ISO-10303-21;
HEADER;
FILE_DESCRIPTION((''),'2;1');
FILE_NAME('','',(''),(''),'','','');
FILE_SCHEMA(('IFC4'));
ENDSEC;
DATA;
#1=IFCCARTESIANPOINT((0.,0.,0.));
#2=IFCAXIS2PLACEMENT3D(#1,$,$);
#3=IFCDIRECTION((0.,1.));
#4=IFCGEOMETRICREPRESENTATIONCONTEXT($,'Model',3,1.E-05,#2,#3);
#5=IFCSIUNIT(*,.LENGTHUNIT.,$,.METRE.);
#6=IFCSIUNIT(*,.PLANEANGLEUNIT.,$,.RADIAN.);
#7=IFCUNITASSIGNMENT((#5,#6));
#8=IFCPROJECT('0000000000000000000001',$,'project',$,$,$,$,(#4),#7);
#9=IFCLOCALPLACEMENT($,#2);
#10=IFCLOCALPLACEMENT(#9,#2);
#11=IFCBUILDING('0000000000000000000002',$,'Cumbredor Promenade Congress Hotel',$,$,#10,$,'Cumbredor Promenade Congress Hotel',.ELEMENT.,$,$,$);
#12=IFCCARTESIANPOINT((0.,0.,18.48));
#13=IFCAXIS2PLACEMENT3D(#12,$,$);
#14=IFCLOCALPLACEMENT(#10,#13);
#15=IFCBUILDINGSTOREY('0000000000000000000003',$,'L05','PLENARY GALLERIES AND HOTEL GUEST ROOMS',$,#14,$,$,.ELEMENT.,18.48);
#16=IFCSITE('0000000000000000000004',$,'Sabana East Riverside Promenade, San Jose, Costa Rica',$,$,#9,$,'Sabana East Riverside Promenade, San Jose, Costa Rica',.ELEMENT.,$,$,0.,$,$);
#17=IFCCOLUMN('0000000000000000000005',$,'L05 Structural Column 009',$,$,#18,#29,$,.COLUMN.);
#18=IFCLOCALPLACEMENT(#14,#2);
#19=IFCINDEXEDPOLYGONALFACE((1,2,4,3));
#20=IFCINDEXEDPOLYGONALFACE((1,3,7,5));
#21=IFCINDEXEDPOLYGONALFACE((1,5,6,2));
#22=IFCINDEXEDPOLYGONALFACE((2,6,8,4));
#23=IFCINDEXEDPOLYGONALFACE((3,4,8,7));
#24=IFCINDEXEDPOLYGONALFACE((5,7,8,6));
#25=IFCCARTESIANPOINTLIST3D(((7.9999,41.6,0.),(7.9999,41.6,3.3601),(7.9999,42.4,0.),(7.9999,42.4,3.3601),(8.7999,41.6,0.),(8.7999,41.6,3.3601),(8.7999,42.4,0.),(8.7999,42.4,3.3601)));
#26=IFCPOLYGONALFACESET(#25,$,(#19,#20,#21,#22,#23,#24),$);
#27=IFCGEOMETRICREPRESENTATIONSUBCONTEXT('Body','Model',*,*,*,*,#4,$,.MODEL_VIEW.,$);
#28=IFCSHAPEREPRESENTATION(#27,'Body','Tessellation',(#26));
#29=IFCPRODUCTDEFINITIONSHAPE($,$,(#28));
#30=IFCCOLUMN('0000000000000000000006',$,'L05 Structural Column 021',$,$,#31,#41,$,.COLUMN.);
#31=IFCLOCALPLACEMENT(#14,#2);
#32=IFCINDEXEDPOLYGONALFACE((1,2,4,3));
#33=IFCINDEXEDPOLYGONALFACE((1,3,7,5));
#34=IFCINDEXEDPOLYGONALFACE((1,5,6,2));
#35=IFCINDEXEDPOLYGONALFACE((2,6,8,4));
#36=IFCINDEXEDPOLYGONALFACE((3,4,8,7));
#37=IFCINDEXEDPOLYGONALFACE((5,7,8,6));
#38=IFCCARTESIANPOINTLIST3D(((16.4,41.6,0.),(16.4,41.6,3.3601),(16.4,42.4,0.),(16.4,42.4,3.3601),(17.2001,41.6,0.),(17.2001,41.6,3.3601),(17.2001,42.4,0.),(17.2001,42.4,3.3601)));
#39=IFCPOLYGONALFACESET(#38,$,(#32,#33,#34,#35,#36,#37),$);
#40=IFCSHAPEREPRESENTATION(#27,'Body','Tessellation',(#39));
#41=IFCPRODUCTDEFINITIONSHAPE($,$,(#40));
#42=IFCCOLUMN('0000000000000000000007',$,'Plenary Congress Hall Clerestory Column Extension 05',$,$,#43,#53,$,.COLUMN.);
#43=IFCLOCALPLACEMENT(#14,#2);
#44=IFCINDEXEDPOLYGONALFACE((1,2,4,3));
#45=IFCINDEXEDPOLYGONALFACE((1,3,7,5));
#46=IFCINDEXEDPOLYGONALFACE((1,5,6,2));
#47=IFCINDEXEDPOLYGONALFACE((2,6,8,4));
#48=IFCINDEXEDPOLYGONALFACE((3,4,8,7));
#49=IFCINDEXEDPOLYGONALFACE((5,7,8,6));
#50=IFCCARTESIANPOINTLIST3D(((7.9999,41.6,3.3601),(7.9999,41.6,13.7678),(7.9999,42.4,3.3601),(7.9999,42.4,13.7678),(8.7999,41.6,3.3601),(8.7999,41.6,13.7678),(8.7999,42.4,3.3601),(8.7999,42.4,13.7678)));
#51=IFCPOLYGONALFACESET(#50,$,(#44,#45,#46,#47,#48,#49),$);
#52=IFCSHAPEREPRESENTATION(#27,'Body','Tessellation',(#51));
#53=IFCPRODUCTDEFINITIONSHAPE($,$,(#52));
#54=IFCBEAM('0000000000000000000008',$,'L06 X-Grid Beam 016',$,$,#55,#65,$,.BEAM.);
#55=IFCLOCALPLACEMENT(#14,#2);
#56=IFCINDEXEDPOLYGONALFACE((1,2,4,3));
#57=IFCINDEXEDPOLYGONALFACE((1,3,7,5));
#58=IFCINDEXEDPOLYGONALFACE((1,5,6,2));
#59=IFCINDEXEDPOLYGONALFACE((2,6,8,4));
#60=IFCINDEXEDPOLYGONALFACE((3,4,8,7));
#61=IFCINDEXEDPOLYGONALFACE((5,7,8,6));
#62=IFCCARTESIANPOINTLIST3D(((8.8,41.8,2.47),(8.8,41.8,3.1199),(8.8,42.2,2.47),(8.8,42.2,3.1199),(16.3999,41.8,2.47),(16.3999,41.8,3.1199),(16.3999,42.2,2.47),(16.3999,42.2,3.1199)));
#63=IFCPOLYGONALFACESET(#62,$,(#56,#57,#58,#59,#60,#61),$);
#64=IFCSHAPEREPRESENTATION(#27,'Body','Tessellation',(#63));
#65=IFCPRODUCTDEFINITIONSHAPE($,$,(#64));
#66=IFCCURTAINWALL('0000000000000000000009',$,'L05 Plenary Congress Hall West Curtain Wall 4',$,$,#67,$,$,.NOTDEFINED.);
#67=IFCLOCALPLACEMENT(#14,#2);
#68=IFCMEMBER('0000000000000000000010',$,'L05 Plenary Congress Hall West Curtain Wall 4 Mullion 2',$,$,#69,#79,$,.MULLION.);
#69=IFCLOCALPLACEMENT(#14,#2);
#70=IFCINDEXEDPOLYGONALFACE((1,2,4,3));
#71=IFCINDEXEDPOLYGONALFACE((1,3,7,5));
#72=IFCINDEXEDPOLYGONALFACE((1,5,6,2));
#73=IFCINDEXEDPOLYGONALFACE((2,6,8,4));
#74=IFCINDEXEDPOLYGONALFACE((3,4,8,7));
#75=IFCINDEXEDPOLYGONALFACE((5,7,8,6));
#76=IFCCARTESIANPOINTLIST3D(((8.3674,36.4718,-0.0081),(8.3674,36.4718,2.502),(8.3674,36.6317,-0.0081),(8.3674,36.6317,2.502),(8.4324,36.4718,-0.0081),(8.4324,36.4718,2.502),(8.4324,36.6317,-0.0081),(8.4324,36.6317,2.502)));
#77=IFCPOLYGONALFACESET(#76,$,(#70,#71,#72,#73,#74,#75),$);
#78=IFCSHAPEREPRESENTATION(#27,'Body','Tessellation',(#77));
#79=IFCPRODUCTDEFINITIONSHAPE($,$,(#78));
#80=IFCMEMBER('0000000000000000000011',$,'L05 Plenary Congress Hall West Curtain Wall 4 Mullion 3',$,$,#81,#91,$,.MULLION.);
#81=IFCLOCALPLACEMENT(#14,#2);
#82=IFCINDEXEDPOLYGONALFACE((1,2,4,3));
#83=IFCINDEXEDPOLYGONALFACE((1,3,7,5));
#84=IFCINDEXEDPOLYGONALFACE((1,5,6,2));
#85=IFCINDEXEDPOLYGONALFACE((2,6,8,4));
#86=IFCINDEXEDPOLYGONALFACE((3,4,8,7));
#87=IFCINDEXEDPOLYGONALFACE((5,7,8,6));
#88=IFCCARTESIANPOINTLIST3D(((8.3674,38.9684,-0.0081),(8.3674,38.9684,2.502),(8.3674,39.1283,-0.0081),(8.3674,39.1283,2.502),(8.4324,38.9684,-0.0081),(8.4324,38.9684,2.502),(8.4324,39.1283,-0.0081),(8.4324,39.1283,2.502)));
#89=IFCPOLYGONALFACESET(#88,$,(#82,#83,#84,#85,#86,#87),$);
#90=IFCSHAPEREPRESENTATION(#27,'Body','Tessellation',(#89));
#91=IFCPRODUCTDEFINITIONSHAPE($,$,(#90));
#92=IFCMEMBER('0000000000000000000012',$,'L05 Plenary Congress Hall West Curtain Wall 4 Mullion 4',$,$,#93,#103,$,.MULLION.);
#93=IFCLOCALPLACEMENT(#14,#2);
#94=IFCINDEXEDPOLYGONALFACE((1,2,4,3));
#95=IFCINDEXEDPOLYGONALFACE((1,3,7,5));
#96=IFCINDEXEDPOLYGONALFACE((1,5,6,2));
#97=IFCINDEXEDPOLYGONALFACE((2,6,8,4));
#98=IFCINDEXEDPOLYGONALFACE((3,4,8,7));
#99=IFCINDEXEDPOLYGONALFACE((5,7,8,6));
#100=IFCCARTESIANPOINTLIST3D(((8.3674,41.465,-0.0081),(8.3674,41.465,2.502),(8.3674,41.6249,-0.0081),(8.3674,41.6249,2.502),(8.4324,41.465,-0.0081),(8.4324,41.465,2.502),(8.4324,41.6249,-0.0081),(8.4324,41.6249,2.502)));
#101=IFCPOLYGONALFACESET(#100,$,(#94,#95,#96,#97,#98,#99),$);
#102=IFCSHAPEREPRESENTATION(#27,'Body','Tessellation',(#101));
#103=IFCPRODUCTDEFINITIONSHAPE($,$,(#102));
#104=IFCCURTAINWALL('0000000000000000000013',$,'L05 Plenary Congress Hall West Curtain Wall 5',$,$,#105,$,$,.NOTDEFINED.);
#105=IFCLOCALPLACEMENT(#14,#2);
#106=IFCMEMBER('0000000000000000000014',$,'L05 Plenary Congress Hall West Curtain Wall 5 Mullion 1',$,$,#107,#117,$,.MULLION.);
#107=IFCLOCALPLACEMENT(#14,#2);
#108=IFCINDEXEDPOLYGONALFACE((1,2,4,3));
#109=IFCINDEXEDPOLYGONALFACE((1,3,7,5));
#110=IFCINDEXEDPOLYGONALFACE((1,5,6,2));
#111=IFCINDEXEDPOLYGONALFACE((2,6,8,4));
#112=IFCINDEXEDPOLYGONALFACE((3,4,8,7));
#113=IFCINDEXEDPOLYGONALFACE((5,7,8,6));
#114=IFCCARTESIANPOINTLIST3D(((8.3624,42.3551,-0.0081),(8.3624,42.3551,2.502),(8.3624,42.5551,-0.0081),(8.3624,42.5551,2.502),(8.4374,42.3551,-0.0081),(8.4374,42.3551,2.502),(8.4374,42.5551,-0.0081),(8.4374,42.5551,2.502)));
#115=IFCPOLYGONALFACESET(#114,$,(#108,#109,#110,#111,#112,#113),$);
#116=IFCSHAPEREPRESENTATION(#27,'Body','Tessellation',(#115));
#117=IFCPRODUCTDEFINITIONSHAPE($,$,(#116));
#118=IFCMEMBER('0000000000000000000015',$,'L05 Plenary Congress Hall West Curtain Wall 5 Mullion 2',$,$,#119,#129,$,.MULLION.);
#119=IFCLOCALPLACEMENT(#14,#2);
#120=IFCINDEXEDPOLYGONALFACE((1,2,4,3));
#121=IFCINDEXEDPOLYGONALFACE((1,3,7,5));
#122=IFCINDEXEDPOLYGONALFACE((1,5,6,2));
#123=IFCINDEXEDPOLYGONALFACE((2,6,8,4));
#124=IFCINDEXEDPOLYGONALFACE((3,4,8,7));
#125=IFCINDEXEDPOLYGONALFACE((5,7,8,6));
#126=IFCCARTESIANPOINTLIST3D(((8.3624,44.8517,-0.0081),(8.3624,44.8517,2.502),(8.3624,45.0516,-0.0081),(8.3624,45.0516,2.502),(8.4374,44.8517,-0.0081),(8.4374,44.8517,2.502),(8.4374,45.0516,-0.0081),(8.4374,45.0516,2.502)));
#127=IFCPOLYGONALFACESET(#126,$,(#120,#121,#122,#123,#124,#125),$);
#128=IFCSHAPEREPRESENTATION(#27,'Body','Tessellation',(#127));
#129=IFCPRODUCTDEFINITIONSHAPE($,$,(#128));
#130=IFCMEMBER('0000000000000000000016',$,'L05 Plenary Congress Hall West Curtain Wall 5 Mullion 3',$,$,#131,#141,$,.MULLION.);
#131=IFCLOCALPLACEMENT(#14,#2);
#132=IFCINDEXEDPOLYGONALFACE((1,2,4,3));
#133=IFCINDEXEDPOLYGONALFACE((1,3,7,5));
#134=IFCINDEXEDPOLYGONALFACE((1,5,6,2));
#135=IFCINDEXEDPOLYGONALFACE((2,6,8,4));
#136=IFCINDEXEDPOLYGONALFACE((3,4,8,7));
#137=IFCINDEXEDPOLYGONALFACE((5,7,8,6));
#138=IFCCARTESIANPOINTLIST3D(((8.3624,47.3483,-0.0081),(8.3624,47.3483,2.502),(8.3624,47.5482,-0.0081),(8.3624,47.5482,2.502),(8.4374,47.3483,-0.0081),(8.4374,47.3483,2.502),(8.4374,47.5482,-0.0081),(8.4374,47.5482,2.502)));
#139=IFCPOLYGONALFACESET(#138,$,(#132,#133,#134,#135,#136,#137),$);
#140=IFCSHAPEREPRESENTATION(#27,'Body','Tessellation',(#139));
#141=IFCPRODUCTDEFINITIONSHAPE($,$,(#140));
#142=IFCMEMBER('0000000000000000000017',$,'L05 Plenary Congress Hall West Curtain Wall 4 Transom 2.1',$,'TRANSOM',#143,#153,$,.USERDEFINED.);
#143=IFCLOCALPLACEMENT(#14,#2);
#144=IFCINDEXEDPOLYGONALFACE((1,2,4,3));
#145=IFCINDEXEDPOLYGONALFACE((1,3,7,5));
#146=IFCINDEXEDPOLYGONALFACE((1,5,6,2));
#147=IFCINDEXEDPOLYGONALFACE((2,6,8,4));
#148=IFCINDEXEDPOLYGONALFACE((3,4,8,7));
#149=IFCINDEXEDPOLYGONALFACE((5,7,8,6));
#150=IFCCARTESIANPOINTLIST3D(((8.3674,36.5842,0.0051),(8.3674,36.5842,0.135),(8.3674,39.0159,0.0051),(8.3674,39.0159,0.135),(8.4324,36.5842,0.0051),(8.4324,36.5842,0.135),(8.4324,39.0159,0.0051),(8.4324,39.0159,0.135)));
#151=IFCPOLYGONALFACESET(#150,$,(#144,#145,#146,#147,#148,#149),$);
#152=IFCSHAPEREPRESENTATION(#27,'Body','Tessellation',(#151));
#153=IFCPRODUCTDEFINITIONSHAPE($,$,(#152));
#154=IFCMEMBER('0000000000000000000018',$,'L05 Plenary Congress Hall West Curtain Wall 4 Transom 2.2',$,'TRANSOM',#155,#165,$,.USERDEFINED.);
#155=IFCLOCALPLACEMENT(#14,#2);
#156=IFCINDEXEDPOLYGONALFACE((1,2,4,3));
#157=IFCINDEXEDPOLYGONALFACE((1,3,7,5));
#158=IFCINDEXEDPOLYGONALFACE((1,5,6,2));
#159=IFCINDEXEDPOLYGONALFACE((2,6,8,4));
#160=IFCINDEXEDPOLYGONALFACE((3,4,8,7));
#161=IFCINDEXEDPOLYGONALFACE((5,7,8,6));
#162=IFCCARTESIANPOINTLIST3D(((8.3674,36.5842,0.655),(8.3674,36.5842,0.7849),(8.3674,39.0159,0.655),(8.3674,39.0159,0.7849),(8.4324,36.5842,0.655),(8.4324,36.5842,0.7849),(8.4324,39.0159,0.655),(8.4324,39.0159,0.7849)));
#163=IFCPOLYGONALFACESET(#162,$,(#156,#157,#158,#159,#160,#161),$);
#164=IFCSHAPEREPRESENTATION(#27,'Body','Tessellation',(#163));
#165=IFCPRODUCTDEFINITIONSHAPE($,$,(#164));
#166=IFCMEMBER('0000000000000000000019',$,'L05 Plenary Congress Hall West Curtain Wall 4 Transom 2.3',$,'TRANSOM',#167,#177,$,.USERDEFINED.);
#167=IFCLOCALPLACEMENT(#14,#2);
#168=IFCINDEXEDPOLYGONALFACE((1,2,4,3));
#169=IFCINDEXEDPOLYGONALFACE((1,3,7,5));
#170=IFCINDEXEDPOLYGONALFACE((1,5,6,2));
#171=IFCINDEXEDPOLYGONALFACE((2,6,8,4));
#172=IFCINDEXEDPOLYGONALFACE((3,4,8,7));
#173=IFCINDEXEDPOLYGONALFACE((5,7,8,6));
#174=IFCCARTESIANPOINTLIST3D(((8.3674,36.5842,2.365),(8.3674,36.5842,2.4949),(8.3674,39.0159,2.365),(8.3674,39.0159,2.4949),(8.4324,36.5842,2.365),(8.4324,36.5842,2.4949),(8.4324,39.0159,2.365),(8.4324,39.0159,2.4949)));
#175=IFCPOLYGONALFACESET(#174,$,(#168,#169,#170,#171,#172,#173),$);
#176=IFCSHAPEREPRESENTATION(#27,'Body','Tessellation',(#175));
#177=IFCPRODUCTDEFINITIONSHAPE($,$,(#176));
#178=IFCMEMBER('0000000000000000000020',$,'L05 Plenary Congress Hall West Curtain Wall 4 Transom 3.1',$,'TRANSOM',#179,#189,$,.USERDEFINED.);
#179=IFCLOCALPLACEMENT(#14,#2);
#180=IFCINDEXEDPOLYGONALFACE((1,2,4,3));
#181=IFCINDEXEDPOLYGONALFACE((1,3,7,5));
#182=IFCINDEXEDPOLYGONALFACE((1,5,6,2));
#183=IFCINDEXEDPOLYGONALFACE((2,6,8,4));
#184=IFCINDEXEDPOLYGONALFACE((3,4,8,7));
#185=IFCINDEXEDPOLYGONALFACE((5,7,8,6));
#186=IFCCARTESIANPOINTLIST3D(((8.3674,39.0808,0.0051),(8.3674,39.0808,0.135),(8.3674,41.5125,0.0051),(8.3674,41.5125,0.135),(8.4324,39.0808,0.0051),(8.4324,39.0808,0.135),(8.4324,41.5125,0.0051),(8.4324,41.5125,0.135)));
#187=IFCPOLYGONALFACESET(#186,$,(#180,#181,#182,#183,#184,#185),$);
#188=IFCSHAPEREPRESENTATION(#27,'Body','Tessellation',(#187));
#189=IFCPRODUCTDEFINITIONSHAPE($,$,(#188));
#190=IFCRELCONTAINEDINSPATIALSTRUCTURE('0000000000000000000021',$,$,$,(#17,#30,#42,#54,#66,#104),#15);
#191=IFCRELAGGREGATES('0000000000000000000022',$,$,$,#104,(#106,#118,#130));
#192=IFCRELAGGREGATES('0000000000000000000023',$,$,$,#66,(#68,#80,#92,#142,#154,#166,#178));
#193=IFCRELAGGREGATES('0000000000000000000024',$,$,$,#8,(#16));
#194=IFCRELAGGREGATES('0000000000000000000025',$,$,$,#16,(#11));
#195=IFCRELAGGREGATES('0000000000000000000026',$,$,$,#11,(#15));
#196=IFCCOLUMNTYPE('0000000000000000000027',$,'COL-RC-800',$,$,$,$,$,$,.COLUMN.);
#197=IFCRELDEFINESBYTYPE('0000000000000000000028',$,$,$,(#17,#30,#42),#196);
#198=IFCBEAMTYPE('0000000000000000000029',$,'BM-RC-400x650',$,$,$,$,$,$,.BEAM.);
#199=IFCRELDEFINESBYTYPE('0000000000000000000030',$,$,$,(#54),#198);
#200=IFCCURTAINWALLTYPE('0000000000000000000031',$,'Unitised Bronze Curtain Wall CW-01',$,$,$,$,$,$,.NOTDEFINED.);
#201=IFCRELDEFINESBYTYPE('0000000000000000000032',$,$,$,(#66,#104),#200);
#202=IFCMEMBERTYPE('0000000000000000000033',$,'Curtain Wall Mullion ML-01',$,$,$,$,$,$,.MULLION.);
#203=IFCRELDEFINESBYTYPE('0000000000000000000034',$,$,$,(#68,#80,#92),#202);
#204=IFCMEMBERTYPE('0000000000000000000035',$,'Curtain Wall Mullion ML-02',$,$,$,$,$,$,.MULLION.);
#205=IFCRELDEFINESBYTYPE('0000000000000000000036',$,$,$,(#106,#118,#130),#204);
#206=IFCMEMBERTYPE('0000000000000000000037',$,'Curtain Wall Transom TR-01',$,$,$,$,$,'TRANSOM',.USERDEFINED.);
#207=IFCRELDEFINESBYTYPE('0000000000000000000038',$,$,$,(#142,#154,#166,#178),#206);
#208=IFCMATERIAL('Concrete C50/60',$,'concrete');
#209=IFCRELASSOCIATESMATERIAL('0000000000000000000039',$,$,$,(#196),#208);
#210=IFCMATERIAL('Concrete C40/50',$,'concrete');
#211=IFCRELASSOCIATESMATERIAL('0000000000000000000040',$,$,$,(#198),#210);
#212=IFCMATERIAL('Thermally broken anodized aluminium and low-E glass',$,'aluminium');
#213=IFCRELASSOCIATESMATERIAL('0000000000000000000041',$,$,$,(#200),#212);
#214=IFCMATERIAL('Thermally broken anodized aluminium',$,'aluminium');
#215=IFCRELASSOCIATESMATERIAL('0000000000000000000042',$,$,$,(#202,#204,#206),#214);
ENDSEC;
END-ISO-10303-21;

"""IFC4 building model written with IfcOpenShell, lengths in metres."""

from ifc_helpers import new_model, si_unit, direction, frame, origin, origin_2d, place, context, subcontext, project, spatial, rectangle, extrude, material, material_profile, profile_set, type_object, element, aggregate, save


model = new_model("IFC4")

# Units and contexts
model_context = context("Model", 3, precision=1e-05, world=origin(), true_north=direction((0.0, 1.0)))
body_context = subcontext(model_context, "Body", "Model", "MODEL_VIEW")
ifc_project = project(units=[si_unit("LENGTHUNIT", "METRE"), si_unit("PLANEANGLEUNIT", "RADIAN")], contexts=[model_context])

# Site, building, storey
site_placement = place(None, origin())
site = spatial("IfcSite", under=ifc_project, at=site_placement, Name="Sabana East Riverside Promenade, San Jose, Costa Rica", LongName="Sabana East Riverside Promenade, San Jose, Costa Rica", CompositionType="ELEMENT", RefElevation=0.0)
building_placement = place(site_placement, origin())
building = spatial("IfcBuilding", under=site, at=building_placement, Name="Cumbredor Promenade Congress Hotel", LongName="Cumbredor Promenade Congress Hotel", CompositionType="ELEMENT")
storey_placement = place(building_placement, frame((0.0, 0.0, 18.48)))
storey = spatial("IfcBuildingStorey", under=building, at=storey_placement, Name="L05", Description="PLENARY GALLERIES AND HOTEL GUEST ROOMS", CompositionType="ELEMENT", Elevation=18.48)

# Columns
ifc_material_1 = material(Name="Concrete C50/60", Category="concrete")
ifc_material_profile_1 = material_profile(ifc_material_1, rectangle(XDim=0.8, YDim=0.8, at=origin_2d()), Name="RC 800x800")
ifc_profile_set_1 = profile_set([ifc_material_profile_1], Name="Concrete C50/60")
column_type = type_object("IfcColumnType", Name="COL-RC-800", PredefinedType="COLUMN", material=ifc_profile_set_1)
for number, where, z_axis, x_axis, name in (
    (1, (8.3999, 42.0, 0.0), (0.0, 0.0, 1.0), (1.0, 0.0, 0.0), "L05 Structural Column 009"),
    (2, (16.8, 42.0, 0.0), (0.0, 0.0, 1.0), (1.0, 0.0, 0.0), "L05 Structural Column 021"),
):
    element("IfcColumn", number, at=place(storey_placement, frame(where, z_axis=z_axis, x_axis=x_axis)), inside=storey, type_object=column_type, Name=name, PredefinedType="COLUMN", context=body_context, shape_type="SweptSolid", body=[
        extrude(rectangle(XDim=0.8, YDim=0.8, at=origin_2d()), origin(), (0.0, 0.0, 1.0), 3.3601),
    ])
column_placement = place(storey_placement, frame((8.3999, 42.0, 3.3601), z_axis=(0.0, 0.0, 1.0), x_axis=(1.0, 0.0, 0.0)))
element("IfcColumn", 3, at=column_placement, inside=storey, type_object=column_type, Name="Plenary Congress Hall Clerestory Column Extension 05", PredefinedType="COLUMN", context=body_context, shape_type="SweptSolid", body=[
    extrude(rectangle(XDim=0.8, YDim=0.8, at=origin_2d()), origin(), (0.0, 0.0, 1.0), 10.4077),
])

# Beam
ifc_material_2 = material(Name="Concrete C40/50", Category="concrete")
ifc_material_profile_2 = material_profile(ifc_material_2, rectangle(XDim=0.3999, YDim=0.6499, at=origin_2d()), Name="RC BEAM 400x650")
ifc_profile_set_2 = profile_set([ifc_material_profile_2], Name="Concrete C40/50")
beam_type_1 = type_object("IfcBeamType", Name="BM-RC-400x650", PredefinedType="BEAM", material=ifc_profile_set_2)
beam_placement = place(storey_placement, frame((8.8, 42.0, 2.7949), z_axis=(1.0, 0.0, 0.0), x_axis=(0.0, 1.0, 0.0)))
element("IfcBeam", 4, at=beam_placement, inside=storey, type_object=beam_type_1, Name="L06 X-Grid Beam 016", PredefinedType="BEAM", context=body_context, shape_type="SweptSolid", body=[
    extrude(rectangle(XDim=0.3999, YDim=0.6499, at=origin_2d()), origin(), (0.0, 0.0, 1.0), 7.5999),
])

# Curtain walls, members
ifc_material_3 = material(Name="Thermally broken anodized aluminium and low-E glass", Category="aluminium")
curtain_wall_type = type_object("IfcCurtainWallType", Name="Unitised Bronze Curtain Wall CW-01", PredefinedType="NOTDEFINED", material=ifc_material_3)
curtain_wall_1_placement = place(storey_placement, origin())
curtain_wall_1 = element("IfcCurtainWall", 5, at=curtain_wall_1_placement, inside=storey, type_object=curtain_wall_type, Name="L05 Plenary Congress Hall West Curtain Wall 4", PredefinedType="NOTDEFINED")
ifc_material_4 = material(Name="Thermally broken anodized aluminium", Category="aluminium")
ifc_material_profile_3 = material_profile(ifc_material_4, rectangle(XDim=0.0649, YDim=0.1599, at=origin_2d()), Name="ALU MULLION 65x160")
ifc_profile_set_3 = profile_set([ifc_material_profile_3], Name="Thermally broken anodized aluminium")
member_type_1 = type_object("IfcMemberType", Name="Curtain Wall Mullion ML-01", PredefinedType="MULLION", material=ifc_profile_set_3)
member_1_placement = place(storey_placement, frame((8.3999, 36.5518, -0.0081), z_axis=(0.0, 0.0, 1.0), x_axis=(1.0, 0.0, 0.0)))
member_1 = element("IfcMember", 6, at=member_1_placement, type_object=member_type_1, Name="L05 Plenary Congress Hall West Curtain Wall 4 Mullion 2", PredefinedType="MULLION", context=body_context, shape_type="SweptSolid", body=[
    extrude(rectangle(XDim=0.0649, YDim=0.1599, at=origin_2d()), origin(), (0.0, 0.0, 1.0), 2.51),
])
member_2_placement = place(storey_placement, frame((8.3999, 39.0483, -0.0081), z_axis=(0.0, 0.0, 1.0), x_axis=(1.0, 0.0, 0.0)))
member_2 = element("IfcMember", 7, at=member_2_placement, type_object=member_type_1, Name="L05 Plenary Congress Hall West Curtain Wall 4 Mullion 3", PredefinedType="MULLION", context=body_context, shape_type="SweptSolid", body=[
    extrude(rectangle(XDim=0.0649, YDim=0.1599, at=origin_2d()), origin(), (0.0, 0.0, 1.0), 2.51),
])
member_3_placement = place(storey_placement, frame((8.3999, 41.5449, -0.0081), z_axis=(0.0, 0.0, 1.0), x_axis=(1.0, 0.0, 0.0)))
member_3 = element("IfcMember", 8, at=member_3_placement, type_object=member_type_1, Name="L05 Plenary Congress Hall West Curtain Wall 4 Mullion 4", PredefinedType="MULLION", context=body_context, shape_type="SweptSolid", body=[
    extrude(rectangle(XDim=0.0649, YDim=0.1599, at=origin_2d()), origin(), (0.0, 0.0, 1.0), 2.51),
])
curtain_wall_2_placement = place(storey_placement, origin())
curtain_wall_2 = element("IfcCurtainWall", 9, at=curtain_wall_2_placement, inside=storey, type_object=curtain_wall_type, Name="L05 Plenary Congress Hall West Curtain Wall 5", PredefinedType="NOTDEFINED")
ifc_material_profile_4 = material_profile(ifc_material_4, rectangle(XDim=0.075, YDim=0.2, at=origin_2d()), Name="ALU MULLION 75x200")
ifc_profile_set_4 = profile_set([ifc_material_profile_4], Name="Thermally broken anodized aluminium")
member_type_2 = type_object("IfcMemberType", Name="Curtain Wall Mullion ML-02", PredefinedType="MULLION", material=ifc_profile_set_4)
member_4_placement = place(storey_placement, frame((8.3999, 42.4551, -0.0081), z_axis=(0.0, 0.0, 1.0), x_axis=(1.0, 0.0, 0.0)))
member_4 = element("IfcMember", 10, at=member_4_placement, type_object=member_type_2, Name="L05 Plenary Congress Hall West Curtain Wall 5 Mullion 1", PredefinedType="MULLION", context=body_context, shape_type="SweptSolid", body=[
    extrude(rectangle(XDim=0.075, YDim=0.2, at=origin_2d()), origin(), (0.0, 0.0, 1.0), 2.51),
])
member_5_placement = place(storey_placement, frame((8.3999, 44.9517, -0.0081), z_axis=(0.0, 0.0, 1.0), x_axis=(1.0, 0.0, 0.0)))
member_5 = element("IfcMember", 11, at=member_5_placement, type_object=member_type_2, Name="L05 Plenary Congress Hall West Curtain Wall 5 Mullion 2", PredefinedType="MULLION", context=body_context, shape_type="SweptSolid", body=[
    extrude(rectangle(XDim=0.075, YDim=0.2, at=origin_2d()), origin(), (0.0, 0.0, 1.0), 2.51),
])
member_6_placement = place(storey_placement, frame((8.3999, 47.4482, -0.0081), z_axis=(0.0, 0.0, 1.0), x_axis=(1.0, 0.0, 0.0)))
member_6 = element("IfcMember", 12, at=member_6_placement, type_object=member_type_2, Name="L05 Plenary Congress Hall West Curtain Wall 5 Mullion 3", PredefinedType="MULLION", context=body_context, shape_type="SweptSolid", body=[
    extrude(rectangle(XDim=0.075, YDim=0.2, at=origin_2d()), origin(), (0.0, 0.0, 1.0), 2.51),
])

# Members
ifc_material_profile_5 = material_profile(ifc_material_4, rectangle(XDim=0.0649, YDim=0.1299, at=origin_2d()), Name="ALU TRANSOM 65x130")
ifc_profile_set_5 = profile_set([ifc_material_profile_5], Name="Thermally broken anodized aluminium")
member_type_3 = type_object("IfcMemberType", Name="Curtain Wall Transom TR-01", ElementType="TRANSOM", PredefinedType="USERDEFINED", material=ifc_profile_set_5)
member_7_placement = place(storey_placement, frame((8.3999, 36.5842, 0.0701), z_axis=(0.0, 1.0, 0.0), x_axis=(-1.0, 0.0, 0.0)))
member_7 = element("IfcMember", 13, at=member_7_placement, type_object=member_type_3, Name="L05 Plenary Congress Hall West Curtain Wall 4 Transom 2.1", ObjectType="TRANSOM", PredefinedType="USERDEFINED", context=body_context, shape_type="SweptSolid", body=[
    extrude(rectangle(XDim=0.0649, YDim=0.1299, at=origin_2d()), origin(), (0.0, 0.0, 1.0), 2.4316),
])
member_8_placement = place(storey_placement, frame((8.3999, 36.5842, 0.72), z_axis=(0.0, 1.0, 0.0), x_axis=(-1.0, 0.0, 0.0)))
member_8 = element("IfcMember", 14, at=member_8_placement, type_object=member_type_3, Name="L05 Plenary Congress Hall West Curtain Wall 4 Transom 2.2", ObjectType="TRANSOM", PredefinedType="USERDEFINED", context=body_context, shape_type="SweptSolid", body=[
    extrude(rectangle(XDim=0.0649, YDim=0.1299, at=origin_2d()), origin(), (0.0, 0.0, 1.0), 2.4316),
])
member_9_placement = place(storey_placement, frame((8.3999, 36.5842, 2.4299), z_axis=(0.0, 1.0, 0.0), x_axis=(-1.0, 0.0, 0.0)))
member_9 = element("IfcMember", 15, at=member_9_placement, type_object=member_type_3, Name="L05 Plenary Congress Hall West Curtain Wall 4 Transom 2.3", ObjectType="TRANSOM", PredefinedType="USERDEFINED", context=body_context, shape_type="SweptSolid", body=[
    extrude(rectangle(XDim=0.0649, YDim=0.1299, at=origin_2d()), origin(), (0.0, 0.0, 1.0), 2.4316),
])
member_10_placement = place(storey_placement, frame((8.3999, 39.0808, 0.0701), z_axis=(0.0, 1.0, 0.0), x_axis=(-1.0, 0.0, 0.0)))
member_10 = element("IfcMember", 16, at=member_10_placement, type_object=member_type_3, Name="L05 Plenary Congress Hall West Curtain Wall 4 Transom 3.1", ObjectType="TRANSOM", PredefinedType="USERDEFINED", context=body_context, shape_type="SweptSolid", body=[
    extrude(rectangle(XDim=0.0649, YDim=0.1299, at=origin_2d()), origin(), (0.0, 0.0, 1.0), 2.4316),
])

aggregate(curtain_wall_2, [member_4, member_5, member_6])
aggregate(curtain_wall_1, [member_1, member_2, member_3, member_7, member_8, member_9, member_10])

save(model, "model.ifc")
